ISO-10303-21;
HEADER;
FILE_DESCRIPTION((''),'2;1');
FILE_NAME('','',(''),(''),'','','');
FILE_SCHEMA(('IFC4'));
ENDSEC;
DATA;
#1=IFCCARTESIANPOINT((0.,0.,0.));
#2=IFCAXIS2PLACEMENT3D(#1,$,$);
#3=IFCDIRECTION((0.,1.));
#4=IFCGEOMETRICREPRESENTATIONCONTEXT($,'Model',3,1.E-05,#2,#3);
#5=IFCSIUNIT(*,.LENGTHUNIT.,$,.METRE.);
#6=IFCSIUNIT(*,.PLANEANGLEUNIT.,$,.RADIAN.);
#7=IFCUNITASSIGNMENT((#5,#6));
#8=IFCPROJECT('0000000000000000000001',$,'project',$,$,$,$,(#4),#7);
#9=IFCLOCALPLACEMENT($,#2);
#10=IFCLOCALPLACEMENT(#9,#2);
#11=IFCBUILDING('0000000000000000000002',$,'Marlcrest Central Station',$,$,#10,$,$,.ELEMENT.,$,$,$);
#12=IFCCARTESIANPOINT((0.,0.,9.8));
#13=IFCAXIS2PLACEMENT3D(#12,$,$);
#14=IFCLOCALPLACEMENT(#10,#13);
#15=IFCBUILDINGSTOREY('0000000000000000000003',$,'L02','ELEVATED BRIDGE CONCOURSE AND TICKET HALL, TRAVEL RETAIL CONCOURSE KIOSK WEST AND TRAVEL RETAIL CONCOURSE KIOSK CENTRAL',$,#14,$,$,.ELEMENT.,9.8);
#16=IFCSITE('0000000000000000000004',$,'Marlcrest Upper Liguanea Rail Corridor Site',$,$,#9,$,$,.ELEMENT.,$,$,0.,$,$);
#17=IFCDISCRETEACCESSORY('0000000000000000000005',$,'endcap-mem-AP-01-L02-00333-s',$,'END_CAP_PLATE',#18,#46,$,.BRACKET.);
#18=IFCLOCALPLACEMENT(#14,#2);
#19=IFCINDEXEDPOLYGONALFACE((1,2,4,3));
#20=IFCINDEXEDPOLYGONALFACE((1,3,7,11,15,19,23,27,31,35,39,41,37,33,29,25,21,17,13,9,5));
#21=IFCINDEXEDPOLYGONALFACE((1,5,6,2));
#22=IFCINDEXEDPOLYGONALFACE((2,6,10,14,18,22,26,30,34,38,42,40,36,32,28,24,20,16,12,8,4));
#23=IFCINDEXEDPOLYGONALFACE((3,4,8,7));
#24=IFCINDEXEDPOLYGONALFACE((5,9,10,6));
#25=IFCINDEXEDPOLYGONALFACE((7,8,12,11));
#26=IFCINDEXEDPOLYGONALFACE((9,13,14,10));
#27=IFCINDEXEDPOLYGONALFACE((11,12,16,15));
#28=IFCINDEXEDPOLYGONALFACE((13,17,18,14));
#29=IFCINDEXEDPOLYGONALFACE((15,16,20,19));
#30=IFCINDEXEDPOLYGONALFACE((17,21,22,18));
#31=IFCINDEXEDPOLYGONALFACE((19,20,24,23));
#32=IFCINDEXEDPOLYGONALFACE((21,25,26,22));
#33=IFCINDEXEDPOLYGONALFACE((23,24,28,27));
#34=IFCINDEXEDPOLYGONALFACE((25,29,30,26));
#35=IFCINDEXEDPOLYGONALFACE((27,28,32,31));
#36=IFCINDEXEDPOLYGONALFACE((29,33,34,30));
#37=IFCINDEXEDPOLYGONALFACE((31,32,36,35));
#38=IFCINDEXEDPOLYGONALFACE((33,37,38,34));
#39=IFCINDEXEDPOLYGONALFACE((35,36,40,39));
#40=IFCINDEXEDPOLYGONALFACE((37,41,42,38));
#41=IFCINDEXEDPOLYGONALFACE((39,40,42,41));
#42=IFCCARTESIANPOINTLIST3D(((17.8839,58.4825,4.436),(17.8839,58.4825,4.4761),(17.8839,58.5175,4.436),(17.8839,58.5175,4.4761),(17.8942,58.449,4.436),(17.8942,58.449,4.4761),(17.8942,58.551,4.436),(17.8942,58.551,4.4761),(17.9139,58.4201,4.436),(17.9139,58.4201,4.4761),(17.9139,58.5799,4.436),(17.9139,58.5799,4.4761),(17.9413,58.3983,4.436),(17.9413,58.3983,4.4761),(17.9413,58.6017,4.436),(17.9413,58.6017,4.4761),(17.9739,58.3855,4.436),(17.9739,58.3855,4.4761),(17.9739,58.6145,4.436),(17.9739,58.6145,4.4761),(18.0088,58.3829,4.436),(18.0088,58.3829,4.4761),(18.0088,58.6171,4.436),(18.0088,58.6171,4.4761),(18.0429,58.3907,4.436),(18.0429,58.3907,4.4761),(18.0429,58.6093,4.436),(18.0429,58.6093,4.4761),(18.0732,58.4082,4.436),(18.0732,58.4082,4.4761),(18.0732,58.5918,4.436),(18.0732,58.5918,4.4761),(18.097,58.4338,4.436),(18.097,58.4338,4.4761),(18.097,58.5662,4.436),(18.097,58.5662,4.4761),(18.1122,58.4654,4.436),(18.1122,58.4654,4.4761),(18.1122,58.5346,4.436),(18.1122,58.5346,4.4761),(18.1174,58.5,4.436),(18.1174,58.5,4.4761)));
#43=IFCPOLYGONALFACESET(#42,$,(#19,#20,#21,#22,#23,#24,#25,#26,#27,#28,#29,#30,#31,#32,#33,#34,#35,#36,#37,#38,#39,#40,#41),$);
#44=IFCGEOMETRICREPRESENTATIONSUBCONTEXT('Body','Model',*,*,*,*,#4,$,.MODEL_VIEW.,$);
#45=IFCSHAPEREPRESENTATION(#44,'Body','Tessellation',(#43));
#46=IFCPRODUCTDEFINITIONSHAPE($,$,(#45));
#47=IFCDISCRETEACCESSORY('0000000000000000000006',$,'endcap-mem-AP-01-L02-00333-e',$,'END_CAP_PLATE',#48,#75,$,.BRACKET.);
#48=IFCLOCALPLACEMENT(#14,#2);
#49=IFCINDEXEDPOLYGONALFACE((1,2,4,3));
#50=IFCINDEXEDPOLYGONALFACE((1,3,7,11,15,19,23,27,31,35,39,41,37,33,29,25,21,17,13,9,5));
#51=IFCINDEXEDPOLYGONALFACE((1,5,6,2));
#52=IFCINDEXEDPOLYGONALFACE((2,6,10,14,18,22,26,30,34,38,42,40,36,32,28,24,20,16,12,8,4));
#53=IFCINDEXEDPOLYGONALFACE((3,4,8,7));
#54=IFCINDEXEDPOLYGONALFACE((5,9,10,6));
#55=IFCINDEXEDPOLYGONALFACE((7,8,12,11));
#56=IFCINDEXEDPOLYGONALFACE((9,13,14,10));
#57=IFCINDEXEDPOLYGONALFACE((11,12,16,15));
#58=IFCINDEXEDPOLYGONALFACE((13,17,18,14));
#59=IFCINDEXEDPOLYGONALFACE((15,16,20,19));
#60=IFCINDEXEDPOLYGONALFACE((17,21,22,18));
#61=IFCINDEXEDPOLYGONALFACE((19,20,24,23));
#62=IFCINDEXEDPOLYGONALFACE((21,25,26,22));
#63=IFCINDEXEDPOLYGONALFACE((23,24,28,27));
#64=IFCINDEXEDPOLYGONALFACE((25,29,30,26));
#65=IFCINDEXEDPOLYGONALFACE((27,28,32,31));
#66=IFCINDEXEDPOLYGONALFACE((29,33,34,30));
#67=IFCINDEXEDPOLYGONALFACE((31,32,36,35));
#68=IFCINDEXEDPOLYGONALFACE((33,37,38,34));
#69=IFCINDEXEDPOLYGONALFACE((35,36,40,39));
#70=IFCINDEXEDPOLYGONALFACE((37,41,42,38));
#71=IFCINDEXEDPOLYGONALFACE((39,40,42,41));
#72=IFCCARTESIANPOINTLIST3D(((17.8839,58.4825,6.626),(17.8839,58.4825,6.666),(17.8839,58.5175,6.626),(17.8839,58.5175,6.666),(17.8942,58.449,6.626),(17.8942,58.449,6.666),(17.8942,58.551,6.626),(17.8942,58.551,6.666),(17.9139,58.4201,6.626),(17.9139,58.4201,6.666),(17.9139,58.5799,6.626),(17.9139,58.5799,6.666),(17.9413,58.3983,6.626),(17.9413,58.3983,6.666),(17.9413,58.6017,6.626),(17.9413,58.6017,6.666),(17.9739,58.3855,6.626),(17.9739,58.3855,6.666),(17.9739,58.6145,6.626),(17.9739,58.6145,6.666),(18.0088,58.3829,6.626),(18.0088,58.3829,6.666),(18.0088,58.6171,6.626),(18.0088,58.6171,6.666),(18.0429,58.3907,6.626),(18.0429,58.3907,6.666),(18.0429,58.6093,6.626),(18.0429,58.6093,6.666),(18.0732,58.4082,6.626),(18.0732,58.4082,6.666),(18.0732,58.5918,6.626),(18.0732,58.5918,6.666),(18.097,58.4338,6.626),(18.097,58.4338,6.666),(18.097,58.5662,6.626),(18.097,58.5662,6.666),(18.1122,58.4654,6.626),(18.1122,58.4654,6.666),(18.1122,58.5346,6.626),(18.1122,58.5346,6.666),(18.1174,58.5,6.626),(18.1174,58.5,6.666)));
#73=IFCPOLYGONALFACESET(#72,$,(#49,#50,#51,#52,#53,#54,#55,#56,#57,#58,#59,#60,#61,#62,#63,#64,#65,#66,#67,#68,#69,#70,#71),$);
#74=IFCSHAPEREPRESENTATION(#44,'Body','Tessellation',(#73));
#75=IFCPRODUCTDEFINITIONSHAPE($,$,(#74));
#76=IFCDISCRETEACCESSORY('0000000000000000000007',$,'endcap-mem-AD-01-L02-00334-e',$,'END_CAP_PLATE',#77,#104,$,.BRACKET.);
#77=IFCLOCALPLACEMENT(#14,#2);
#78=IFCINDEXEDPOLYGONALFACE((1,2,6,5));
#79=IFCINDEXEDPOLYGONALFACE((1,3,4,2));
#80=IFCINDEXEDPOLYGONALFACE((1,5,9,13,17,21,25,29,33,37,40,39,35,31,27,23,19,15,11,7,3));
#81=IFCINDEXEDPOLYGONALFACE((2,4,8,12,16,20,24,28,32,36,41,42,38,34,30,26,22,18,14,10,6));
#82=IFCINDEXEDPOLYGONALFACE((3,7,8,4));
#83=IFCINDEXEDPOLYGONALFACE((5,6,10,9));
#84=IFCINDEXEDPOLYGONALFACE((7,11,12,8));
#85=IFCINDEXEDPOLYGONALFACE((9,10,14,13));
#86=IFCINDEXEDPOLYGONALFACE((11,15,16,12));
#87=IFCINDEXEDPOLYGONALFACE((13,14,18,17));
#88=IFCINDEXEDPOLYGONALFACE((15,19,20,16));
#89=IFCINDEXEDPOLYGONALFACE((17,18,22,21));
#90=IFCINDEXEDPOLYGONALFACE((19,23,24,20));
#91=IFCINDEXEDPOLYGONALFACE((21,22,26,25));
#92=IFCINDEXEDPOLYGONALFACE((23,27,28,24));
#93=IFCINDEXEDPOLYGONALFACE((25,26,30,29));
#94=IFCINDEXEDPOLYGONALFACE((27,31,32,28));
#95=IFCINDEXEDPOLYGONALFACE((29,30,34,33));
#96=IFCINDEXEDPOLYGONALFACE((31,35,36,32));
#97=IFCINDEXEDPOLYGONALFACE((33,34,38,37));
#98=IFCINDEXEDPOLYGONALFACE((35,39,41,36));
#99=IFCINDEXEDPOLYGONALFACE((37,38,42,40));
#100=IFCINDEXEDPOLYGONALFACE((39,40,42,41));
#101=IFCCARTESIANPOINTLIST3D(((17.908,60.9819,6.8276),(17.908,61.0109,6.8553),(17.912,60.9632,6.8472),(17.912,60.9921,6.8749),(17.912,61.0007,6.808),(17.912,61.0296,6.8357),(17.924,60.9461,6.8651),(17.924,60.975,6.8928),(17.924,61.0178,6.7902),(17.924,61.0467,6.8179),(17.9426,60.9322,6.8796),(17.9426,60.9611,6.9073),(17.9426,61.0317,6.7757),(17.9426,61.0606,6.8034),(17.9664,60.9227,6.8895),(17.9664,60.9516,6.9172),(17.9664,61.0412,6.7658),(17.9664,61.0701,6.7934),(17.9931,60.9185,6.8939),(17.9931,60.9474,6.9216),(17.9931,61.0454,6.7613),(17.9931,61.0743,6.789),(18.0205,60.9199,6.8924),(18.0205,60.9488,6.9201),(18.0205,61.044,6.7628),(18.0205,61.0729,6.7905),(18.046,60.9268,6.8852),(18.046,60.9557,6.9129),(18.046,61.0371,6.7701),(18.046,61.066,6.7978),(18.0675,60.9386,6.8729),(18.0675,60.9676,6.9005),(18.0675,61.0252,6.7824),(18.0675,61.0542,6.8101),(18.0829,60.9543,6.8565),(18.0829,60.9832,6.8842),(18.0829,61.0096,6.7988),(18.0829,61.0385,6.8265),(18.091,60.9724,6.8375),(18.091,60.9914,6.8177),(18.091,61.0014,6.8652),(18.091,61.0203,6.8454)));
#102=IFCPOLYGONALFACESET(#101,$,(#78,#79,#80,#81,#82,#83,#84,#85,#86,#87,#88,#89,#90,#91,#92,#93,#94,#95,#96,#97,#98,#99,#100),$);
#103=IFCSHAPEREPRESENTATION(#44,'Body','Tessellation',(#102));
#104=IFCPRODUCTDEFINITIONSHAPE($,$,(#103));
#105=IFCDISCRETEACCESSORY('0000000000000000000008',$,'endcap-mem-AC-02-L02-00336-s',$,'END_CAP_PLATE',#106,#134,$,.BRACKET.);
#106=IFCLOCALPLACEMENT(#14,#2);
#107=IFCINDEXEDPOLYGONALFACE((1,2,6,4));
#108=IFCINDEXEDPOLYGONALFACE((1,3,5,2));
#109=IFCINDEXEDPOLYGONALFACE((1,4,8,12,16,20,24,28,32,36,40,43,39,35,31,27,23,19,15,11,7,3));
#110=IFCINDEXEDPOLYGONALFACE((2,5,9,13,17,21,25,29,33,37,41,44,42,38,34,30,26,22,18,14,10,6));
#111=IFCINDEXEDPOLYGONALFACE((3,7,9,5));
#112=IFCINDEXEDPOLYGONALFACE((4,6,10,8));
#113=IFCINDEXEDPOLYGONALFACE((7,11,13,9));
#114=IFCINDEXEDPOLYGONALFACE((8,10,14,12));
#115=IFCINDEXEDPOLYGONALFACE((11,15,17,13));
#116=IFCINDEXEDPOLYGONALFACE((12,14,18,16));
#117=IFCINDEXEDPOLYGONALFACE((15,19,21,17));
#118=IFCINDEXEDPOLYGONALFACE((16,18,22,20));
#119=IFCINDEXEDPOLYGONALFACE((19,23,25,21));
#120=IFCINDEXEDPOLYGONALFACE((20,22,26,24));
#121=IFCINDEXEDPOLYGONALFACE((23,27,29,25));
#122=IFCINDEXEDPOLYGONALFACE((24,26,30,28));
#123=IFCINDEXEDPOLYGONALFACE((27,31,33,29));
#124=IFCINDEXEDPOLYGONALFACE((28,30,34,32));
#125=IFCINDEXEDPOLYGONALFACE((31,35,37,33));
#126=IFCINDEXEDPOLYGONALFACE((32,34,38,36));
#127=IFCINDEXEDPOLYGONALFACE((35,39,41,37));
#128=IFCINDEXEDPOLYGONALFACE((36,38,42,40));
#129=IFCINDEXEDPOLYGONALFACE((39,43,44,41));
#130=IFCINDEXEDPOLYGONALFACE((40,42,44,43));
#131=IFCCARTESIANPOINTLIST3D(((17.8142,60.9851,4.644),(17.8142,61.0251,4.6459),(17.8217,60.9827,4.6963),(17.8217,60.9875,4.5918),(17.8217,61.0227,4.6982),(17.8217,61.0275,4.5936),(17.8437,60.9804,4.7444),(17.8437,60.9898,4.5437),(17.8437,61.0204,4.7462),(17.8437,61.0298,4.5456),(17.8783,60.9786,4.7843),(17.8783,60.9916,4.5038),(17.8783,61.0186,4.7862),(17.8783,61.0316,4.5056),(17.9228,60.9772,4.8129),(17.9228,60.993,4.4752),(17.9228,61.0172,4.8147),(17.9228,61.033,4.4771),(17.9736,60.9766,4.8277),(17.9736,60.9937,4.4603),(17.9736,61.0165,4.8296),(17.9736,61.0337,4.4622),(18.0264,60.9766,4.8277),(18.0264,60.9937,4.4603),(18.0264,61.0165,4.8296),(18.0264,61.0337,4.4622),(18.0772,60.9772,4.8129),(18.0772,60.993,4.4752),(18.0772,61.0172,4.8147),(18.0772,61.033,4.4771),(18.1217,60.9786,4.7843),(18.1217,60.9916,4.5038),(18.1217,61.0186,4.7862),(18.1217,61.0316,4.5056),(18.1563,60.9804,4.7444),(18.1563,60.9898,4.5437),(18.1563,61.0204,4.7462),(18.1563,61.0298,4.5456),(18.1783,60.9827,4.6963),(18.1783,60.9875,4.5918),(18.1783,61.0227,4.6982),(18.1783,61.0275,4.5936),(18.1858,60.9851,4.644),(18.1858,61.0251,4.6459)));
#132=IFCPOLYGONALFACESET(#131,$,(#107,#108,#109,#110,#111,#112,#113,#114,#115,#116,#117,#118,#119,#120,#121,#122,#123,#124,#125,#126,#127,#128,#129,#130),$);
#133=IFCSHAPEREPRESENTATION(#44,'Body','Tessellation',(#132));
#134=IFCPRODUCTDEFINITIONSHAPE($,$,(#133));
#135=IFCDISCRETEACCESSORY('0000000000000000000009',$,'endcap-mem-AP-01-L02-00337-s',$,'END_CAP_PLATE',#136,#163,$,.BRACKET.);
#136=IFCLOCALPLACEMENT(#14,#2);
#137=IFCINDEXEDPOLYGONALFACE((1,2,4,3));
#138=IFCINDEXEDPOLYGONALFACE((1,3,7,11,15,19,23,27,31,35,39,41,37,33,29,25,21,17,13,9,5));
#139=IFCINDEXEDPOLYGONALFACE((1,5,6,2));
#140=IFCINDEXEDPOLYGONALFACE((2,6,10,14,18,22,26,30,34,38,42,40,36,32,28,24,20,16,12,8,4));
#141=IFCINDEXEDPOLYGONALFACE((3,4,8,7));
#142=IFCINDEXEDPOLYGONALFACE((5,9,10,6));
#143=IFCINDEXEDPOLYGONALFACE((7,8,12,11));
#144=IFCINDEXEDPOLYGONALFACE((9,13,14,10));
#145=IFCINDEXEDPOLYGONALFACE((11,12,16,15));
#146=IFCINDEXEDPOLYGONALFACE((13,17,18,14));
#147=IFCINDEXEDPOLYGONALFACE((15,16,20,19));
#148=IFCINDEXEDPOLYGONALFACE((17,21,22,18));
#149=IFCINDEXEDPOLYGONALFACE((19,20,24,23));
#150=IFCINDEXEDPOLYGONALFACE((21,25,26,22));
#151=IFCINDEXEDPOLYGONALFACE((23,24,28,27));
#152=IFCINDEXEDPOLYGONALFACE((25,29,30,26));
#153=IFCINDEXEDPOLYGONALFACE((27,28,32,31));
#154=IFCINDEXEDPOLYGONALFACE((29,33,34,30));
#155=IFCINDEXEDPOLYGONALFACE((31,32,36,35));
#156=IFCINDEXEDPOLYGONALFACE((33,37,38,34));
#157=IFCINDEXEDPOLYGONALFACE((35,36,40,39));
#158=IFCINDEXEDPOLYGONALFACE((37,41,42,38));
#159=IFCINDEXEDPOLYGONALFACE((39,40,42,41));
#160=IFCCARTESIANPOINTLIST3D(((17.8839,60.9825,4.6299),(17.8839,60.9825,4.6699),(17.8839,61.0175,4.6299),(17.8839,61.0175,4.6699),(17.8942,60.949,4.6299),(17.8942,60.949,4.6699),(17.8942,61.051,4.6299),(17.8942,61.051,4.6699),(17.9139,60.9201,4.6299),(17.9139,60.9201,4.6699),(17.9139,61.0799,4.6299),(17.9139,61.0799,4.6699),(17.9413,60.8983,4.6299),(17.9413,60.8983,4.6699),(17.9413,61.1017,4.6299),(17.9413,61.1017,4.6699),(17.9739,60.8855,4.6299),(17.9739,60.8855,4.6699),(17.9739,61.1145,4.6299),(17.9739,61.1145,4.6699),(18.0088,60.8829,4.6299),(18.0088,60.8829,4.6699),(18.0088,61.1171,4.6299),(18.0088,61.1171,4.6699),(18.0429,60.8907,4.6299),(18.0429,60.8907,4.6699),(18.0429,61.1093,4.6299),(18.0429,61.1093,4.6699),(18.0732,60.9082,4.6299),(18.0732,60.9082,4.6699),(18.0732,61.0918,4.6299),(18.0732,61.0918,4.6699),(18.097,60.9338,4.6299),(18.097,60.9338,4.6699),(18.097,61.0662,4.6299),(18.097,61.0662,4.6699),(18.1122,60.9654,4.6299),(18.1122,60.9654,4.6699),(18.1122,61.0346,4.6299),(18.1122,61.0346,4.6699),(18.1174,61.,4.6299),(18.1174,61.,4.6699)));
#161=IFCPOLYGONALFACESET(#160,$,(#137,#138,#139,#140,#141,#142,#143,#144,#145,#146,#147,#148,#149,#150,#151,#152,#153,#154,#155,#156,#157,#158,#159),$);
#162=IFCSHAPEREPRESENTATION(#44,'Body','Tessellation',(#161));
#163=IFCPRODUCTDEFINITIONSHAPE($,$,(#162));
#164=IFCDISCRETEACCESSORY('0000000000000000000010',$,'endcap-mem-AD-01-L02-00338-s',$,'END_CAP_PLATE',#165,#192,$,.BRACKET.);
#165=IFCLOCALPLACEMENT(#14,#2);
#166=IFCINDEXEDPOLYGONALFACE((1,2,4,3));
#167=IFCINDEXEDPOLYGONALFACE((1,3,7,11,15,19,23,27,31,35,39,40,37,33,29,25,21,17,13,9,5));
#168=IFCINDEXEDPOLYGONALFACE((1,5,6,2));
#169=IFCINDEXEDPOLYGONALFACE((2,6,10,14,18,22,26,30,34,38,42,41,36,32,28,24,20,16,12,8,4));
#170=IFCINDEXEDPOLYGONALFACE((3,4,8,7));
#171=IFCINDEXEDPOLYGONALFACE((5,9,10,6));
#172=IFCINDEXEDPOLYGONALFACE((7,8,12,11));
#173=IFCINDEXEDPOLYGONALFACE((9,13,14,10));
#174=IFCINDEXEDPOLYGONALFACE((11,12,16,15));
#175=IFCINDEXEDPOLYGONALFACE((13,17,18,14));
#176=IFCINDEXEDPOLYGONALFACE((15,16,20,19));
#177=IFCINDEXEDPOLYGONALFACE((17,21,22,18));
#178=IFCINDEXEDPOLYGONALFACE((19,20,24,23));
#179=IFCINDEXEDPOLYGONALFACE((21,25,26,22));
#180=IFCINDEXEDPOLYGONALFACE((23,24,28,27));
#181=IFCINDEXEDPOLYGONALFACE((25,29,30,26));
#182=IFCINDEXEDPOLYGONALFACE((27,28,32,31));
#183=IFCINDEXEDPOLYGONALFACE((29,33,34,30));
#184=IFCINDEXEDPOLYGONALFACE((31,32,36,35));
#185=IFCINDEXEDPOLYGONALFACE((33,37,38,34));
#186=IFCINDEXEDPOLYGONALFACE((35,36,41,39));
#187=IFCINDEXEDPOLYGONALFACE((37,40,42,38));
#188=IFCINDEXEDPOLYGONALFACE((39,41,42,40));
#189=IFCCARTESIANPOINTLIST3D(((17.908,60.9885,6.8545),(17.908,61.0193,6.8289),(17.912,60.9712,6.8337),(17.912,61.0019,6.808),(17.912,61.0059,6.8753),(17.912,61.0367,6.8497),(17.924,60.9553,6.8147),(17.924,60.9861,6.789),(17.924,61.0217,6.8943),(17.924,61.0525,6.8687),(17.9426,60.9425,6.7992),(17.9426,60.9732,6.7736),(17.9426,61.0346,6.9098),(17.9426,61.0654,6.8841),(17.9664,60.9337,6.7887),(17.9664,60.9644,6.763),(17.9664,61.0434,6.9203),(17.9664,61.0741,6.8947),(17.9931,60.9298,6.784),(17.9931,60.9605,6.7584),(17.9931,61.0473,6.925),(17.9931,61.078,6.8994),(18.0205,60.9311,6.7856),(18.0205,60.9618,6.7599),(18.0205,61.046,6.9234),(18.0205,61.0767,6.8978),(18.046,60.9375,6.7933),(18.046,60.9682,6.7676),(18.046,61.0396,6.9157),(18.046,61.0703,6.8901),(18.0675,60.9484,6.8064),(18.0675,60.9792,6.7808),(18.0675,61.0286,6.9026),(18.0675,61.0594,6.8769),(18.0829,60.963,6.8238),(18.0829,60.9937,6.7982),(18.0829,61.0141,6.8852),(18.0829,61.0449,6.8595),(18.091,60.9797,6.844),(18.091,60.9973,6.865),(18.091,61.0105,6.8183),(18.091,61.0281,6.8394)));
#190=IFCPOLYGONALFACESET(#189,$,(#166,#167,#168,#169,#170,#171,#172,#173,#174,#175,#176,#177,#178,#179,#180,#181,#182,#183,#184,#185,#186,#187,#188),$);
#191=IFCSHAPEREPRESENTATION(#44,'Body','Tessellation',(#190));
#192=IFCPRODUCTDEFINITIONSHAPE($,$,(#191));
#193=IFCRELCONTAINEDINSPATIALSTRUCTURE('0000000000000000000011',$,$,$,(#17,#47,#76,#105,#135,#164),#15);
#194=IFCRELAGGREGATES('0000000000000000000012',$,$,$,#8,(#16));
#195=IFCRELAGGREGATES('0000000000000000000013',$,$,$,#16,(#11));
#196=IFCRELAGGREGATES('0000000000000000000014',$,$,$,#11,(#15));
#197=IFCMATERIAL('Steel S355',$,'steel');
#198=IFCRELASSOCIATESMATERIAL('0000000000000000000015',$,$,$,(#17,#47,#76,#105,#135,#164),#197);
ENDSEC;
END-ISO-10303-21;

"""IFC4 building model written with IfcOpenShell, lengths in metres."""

from ifc_helpers import new_model, si_unit, direction, frame, origin, origin_2d, place, context, subcontext, project, spatial, circle, extrude, material, element, save


model = new_model("IFC4")

# Units and contexts
model_context = context("Model", 3, precision=1e-05, world=origin(), true_north=direction((0.0, 1.0)))
body_context = subcontext(model_context, "Body", "Model", "MODEL_VIEW")
ifc_project = project(units=[si_unit("LENGTHUNIT", "METRE"), si_unit("PLANEANGLEUNIT", "RADIAN")], contexts=[model_context])

# Site, building, storey
site_placement = place(None, origin())
site = spatial("IfcSite", under=ifc_project, at=site_placement, Name="Marlcrest Upper Liguanea Rail Corridor Site", CompositionType="ELEMENT", RefElevation=0.0)
building_placement = place(site_placement, origin())
building = spatial("IfcBuilding", under=site, at=building_placement, Name="Marlcrest Central Station", CompositionType="ELEMENT")
storey_placement = place(building_placement, frame((0.0, 0.0, 9.8)))
storey = spatial("IfcBuildingStorey", under=building, at=storey_placement, Name="L02", Description="ELEVATED BRIDGE CONCOURSE AND TICKET HALL, TRAVEL RETAIL CONCOURSE KIOSK WEST AND TRAVEL RETAIL CONCOURSE KIOSK CENTRAL", CompositionType="ELEMENT", Elevation=9.8)

# Shared definitions
ifc_material = material(Name="Steel S355", Category="steel")

# Discrete accessories
for number, where, z_axis, x_axis, name in (
    (1, (18.0, 58.5, 4.436), (0.0, 0.0, 1.0), (1.0, 0.0, 0.0), "endcap-mem-AP-01-L02-00333-s"),
    (2, (18.0, 58.5, 6.626), (0.0, 0.0, 1.0), (1.0, 0.0, 0.0), "endcap-mem-AP-01-L02-00333-e"),
):
    element("IfcDiscreteAccessory", number, at=place(storey_placement, frame(where, z_axis=z_axis, x_axis=x_axis)), inside=storey, material=ifc_material, Name=name, ObjectType="END_CAP_PLATE", PredefinedType="BRACKET", context=body_context, shape_type="SweptSolid", body=[
        extrude(circle(Radius=0.1174, at=origin_2d()), origin(), (0.0, 0.0, 1.0), 0.04),
    ])
discrete_accessory_1_placement = place(storey_placement, frame((18.0, 60.9819, 6.8276), z_axis=(0.0, 0.722247, 0.691636), x_axis=(-1.0, 0.0, 0.0)))
element("IfcDiscreteAccessory", 3, at=discrete_accessory_1_placement, inside=storey, material=ifc_material, Name="endcap-mem-AD-01-L02-00334-e", ObjectType="END_CAP_PLATE", PredefinedType="BRACKET", context=body_context, shape_type="SweptSolid", body=[
    extrude(circle(Radius=0.092, at=origin_2d()), origin(), (0.0, 0.0, 1.0), 0.04),
])
discrete_accessory_2_placement = place(storey_placement, frame((18.0, 60.9851, 4.644), z_axis=(0.0, 0.998917, 0.046532), x_axis=(-1.0, 0.0, 0.0)))
element("IfcDiscreteAccessory", 4, at=discrete_accessory_2_placement, inside=storey, material=ifc_material, Name="endcap-mem-AC-02-L02-00336-s", ObjectType="END_CAP_PLATE", PredefinedType="BRACKET", context=body_context, shape_type="SweptSolid", body=[
    extrude(circle(Radius=0.1858, at=origin_2d()), origin(), (0.0, 0.0, 1.0), 0.04),
])
discrete_accessory_3_placement = place(storey_placement, frame((18.0, 61.0, 4.6299), z_axis=(0.0, 0.0, 1.0), x_axis=(1.0, 0.0, 0.0)))
element("IfcDiscreteAccessory", 5, at=discrete_accessory_3_placement, inside=storey, material=ifc_material, Name="endcap-mem-AP-01-L02-00337-s", ObjectType="END_CAP_PLATE", PredefinedType="BRACKET", context=body_context, shape_type="SweptSolid", body=[
    extrude(circle(Radius=0.1174, at=origin_2d()), origin(), (0.0, 0.0, 1.0), 0.04),
])
discrete_accessory_4_placement = place(storey_placement, frame((18.0, 60.9885, 6.8545), z_axis=(0.0, 0.76816, -0.640258), x_axis=(-1.0, 0.0, 0.0)))
element("IfcDiscreteAccessory", 6, at=discrete_accessory_4_placement, inside=storey, material=ifc_material, Name="endcap-mem-AD-01-L02-00338-s", ObjectType="END_CAP_PLATE", PredefinedType="BRACKET", context=body_context, shape_type="SweptSolid", body=[
    extrude(circle(Radius=0.092, at=origin_2d()), origin(), (0.0, 0.0, 1.0), 0.04),
])

save(model, "model.ifc")
